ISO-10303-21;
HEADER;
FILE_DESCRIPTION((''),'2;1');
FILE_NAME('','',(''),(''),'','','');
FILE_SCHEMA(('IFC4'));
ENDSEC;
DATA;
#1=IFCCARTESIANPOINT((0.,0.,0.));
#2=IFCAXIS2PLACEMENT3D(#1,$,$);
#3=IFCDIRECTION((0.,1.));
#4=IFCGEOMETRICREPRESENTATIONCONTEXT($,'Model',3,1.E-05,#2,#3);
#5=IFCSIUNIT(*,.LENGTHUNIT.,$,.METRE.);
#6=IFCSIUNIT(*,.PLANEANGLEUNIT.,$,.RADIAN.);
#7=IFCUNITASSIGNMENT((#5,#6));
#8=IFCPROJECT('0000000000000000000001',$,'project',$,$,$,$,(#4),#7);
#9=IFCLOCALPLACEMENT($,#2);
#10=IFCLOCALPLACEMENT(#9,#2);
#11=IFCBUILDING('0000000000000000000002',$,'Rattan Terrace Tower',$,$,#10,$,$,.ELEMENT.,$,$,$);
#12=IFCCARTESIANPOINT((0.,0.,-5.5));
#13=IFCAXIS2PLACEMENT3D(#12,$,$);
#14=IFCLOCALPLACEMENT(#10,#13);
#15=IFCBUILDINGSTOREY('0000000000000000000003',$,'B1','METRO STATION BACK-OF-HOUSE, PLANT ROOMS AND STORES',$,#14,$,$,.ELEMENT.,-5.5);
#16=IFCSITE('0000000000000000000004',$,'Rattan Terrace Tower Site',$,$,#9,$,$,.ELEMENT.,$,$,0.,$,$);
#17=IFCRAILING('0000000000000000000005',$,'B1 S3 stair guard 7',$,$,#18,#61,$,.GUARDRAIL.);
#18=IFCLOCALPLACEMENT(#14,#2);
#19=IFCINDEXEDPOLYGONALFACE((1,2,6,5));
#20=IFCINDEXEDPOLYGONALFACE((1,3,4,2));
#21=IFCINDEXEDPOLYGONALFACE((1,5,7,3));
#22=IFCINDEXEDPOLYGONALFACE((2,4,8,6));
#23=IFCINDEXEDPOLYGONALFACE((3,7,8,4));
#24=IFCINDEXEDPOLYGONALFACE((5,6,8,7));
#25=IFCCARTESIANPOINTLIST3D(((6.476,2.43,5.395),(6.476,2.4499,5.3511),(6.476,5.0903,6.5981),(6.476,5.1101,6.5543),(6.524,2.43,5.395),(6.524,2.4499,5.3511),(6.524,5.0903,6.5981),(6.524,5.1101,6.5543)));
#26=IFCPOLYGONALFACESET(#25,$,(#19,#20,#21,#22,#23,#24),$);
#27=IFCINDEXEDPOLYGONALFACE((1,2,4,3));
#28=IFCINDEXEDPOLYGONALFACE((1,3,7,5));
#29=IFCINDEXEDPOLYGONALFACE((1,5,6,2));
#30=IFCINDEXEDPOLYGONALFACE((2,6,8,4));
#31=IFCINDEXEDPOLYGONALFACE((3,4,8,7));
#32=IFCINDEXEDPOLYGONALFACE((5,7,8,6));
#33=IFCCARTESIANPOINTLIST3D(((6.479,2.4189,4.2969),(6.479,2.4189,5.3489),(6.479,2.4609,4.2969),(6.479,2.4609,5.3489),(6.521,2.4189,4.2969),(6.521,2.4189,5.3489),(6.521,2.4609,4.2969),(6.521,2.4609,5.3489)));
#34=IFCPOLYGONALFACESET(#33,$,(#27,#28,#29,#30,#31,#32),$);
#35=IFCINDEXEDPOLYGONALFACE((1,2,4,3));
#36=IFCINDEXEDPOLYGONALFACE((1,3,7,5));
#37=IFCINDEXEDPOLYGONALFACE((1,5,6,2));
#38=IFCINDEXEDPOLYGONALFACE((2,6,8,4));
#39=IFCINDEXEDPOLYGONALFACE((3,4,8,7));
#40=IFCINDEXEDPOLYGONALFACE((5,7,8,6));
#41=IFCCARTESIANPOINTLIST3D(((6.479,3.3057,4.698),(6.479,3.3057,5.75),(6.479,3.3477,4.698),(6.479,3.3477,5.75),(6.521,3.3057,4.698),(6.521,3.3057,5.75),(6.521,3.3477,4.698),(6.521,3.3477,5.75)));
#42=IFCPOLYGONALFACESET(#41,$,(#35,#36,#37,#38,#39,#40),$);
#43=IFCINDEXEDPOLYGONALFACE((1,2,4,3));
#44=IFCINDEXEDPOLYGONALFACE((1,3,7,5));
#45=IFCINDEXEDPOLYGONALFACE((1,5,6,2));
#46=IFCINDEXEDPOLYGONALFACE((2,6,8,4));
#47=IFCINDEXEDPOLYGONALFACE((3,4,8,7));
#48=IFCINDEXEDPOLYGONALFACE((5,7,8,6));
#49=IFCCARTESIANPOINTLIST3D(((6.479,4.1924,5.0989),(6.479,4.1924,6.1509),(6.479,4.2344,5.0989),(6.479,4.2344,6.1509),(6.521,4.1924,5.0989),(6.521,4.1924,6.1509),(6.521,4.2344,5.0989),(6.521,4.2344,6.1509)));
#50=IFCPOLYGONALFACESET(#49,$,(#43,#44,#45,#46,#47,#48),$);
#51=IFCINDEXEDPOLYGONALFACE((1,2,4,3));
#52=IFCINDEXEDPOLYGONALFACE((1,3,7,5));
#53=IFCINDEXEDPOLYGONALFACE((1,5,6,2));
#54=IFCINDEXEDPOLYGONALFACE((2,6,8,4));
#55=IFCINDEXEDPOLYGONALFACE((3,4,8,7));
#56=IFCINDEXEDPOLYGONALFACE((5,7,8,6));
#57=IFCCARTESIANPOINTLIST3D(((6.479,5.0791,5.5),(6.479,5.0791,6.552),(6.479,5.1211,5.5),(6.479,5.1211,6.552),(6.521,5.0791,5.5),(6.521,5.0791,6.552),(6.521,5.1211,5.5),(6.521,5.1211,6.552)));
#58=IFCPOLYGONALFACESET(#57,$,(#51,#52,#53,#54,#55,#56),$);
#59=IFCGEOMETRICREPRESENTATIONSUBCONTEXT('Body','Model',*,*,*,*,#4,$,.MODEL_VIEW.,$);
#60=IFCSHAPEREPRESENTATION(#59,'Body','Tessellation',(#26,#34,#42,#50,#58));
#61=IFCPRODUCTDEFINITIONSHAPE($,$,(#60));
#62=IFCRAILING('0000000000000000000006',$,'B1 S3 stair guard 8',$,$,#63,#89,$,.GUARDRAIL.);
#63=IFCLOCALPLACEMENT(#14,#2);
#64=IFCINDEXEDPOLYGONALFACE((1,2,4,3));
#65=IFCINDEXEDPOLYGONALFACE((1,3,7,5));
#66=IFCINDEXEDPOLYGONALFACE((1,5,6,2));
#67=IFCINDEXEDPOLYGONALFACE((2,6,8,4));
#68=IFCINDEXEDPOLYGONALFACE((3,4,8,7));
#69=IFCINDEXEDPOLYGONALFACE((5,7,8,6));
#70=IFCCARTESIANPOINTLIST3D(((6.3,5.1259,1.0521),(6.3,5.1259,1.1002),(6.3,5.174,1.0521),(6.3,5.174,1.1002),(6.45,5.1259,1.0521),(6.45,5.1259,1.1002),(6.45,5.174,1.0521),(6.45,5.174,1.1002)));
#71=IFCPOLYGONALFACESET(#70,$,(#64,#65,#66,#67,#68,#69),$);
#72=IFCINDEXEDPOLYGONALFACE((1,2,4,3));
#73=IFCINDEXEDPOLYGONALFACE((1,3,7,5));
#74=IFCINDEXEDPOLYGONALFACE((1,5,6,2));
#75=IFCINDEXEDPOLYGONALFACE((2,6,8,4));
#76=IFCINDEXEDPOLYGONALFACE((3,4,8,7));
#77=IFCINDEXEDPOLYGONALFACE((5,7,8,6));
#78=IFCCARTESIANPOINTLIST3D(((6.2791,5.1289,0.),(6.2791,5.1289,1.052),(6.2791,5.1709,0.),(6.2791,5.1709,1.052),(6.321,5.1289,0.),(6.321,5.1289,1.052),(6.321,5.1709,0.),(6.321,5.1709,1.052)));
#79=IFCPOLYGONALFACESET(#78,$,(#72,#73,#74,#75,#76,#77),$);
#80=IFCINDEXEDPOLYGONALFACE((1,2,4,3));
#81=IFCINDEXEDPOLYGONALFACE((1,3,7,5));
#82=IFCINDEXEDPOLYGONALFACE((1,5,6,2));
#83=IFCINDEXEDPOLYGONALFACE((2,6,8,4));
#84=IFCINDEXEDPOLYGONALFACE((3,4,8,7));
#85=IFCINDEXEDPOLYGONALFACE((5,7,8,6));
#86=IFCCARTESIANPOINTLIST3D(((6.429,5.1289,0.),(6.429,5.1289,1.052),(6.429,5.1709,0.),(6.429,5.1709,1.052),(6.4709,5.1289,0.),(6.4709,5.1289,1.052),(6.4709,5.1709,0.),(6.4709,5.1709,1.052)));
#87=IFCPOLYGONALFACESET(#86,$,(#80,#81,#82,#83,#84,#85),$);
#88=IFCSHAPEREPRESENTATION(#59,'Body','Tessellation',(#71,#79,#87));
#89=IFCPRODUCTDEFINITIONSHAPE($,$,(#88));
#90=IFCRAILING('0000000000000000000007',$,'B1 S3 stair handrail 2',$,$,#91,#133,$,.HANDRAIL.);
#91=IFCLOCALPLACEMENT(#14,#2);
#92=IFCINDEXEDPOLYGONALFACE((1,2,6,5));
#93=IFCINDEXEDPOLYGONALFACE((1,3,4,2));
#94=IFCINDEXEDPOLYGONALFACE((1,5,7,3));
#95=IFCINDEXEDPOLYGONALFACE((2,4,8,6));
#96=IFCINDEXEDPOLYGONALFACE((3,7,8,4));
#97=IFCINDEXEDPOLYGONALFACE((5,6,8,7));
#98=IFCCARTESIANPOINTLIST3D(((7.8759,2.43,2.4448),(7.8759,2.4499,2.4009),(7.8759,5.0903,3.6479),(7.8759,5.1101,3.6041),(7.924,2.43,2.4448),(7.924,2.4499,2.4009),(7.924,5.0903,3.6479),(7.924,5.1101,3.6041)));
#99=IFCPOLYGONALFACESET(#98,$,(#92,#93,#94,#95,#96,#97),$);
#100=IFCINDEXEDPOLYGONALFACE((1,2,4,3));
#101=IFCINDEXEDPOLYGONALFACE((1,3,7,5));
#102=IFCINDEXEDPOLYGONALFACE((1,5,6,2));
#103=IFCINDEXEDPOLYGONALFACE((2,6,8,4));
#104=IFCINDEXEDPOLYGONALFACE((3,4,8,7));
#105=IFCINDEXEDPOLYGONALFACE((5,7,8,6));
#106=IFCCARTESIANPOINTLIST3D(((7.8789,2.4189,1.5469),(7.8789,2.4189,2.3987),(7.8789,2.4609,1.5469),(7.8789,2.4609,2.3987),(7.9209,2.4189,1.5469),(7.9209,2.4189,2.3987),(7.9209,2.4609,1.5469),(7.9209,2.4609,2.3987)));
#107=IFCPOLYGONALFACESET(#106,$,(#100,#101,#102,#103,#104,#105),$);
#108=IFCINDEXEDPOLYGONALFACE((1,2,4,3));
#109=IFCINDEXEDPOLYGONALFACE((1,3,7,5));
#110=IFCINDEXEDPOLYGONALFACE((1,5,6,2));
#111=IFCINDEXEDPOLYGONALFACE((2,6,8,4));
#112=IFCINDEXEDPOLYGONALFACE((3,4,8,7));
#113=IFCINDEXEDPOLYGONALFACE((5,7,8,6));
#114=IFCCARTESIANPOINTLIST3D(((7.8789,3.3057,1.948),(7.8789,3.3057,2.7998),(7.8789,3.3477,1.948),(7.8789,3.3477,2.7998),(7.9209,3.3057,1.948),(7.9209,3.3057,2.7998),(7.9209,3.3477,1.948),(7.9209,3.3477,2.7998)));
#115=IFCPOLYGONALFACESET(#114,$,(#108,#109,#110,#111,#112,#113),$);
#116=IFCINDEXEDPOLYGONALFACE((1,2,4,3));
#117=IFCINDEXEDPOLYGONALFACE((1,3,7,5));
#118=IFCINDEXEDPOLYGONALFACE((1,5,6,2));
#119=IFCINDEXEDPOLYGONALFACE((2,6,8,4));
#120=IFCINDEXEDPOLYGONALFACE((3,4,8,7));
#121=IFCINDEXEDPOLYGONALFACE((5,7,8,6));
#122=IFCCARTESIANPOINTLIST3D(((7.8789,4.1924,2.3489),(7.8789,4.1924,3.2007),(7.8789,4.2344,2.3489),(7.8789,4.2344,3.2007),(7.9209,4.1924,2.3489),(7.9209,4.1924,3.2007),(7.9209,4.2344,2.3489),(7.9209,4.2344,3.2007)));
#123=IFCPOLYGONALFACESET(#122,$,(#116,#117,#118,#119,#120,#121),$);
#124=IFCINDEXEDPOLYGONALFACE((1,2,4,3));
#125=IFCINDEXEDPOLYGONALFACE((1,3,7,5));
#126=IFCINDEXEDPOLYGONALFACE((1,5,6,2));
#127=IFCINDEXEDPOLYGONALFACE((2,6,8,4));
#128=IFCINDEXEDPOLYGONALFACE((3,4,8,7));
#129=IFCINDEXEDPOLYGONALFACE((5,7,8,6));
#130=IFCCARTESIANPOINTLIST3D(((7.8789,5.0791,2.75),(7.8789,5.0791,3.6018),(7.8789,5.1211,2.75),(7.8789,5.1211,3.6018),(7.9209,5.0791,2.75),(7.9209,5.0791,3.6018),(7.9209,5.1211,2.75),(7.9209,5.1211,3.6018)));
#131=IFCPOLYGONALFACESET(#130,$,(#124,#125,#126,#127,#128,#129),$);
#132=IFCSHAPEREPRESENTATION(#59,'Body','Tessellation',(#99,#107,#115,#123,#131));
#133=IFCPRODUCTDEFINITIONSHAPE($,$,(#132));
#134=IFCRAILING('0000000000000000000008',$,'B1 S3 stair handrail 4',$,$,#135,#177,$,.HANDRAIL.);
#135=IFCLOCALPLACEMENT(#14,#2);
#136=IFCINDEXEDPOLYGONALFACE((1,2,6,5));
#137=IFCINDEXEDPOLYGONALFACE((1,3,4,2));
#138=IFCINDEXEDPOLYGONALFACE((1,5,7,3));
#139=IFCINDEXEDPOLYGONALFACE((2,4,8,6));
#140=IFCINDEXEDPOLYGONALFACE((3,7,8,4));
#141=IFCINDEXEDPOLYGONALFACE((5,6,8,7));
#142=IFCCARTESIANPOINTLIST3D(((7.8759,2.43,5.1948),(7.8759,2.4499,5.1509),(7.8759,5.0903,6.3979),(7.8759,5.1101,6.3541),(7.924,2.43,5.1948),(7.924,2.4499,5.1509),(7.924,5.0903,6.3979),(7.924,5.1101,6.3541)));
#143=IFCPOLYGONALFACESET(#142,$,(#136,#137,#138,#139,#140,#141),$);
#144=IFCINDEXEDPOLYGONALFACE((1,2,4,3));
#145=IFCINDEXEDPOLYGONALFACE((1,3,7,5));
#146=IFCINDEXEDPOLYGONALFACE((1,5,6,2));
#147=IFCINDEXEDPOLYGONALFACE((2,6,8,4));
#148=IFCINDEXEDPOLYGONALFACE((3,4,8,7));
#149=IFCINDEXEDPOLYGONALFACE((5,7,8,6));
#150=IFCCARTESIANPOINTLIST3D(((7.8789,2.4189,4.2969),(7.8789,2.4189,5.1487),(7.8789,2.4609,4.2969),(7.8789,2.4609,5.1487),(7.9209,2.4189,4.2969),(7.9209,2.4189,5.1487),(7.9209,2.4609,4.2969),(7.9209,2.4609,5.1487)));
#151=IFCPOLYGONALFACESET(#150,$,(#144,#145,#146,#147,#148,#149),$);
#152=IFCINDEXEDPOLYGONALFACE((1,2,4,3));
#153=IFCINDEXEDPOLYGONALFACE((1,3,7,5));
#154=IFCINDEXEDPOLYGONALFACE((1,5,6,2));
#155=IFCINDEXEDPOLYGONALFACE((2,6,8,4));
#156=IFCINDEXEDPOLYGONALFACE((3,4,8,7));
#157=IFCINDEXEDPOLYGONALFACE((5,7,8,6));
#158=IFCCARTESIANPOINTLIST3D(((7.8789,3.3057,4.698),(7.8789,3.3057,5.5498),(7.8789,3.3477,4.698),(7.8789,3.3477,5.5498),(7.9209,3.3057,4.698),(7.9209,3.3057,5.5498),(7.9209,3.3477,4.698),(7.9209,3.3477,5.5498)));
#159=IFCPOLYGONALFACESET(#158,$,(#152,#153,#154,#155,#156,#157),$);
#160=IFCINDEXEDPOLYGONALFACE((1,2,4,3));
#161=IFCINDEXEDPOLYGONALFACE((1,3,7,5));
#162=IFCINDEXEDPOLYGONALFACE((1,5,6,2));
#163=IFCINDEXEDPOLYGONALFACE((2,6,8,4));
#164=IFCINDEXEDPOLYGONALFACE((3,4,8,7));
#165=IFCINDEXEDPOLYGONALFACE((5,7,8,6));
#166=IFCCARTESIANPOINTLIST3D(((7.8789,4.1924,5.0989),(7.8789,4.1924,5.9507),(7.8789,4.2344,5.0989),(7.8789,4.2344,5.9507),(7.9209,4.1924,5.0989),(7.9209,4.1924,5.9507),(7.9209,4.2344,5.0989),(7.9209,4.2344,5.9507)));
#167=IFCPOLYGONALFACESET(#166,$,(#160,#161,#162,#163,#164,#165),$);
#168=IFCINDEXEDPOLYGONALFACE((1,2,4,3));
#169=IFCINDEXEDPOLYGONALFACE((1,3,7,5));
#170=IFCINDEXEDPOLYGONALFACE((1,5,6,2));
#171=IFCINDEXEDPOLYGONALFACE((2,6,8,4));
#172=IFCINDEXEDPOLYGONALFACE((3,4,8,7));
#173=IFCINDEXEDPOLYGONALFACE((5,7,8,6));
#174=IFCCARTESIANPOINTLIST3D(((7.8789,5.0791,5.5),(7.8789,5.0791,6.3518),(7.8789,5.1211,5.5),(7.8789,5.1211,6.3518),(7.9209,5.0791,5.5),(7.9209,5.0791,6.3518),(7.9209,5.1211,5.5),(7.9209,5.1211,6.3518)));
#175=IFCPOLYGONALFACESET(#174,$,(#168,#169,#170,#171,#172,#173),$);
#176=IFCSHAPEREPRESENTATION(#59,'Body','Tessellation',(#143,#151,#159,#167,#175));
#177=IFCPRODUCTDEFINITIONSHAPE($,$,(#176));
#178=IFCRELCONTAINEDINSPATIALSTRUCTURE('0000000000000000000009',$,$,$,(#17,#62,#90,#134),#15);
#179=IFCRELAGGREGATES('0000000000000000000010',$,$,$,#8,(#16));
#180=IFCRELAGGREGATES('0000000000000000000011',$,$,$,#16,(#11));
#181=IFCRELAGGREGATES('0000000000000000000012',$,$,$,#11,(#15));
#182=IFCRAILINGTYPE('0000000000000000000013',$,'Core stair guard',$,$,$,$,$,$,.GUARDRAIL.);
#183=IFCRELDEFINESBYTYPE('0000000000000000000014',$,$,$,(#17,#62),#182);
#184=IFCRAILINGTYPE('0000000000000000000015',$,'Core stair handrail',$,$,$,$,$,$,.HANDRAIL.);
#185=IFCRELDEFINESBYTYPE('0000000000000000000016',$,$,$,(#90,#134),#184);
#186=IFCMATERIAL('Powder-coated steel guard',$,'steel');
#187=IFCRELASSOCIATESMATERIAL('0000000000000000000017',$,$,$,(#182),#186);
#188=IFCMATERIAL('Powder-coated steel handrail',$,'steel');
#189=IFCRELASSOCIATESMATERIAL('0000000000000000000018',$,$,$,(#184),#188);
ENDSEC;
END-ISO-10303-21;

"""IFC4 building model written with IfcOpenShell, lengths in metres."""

from ifc_helpers import new_model, si_unit, direction, frame, origin, origin_2d, place, context, subcontext, project, spatial, rectangle, extrude, material, type_object, element, save


model = new_model("IFC4")

# Units and contexts
model_context = context("Model", 3, precision=1e-05, world=origin(), true_north=direction((0.0, 1.0)))
body_context = subcontext(model_context, "Body", "Model", "MODEL_VIEW")
ifc_project = project(units=[si_unit("LENGTHUNIT", "METRE"), si_unit("PLANEANGLEUNIT", "RADIAN")], contexts=[model_context])

# Site, building, storey
site_placement = place(None, origin())
site = spatial("IfcSite", under=ifc_project, at=site_placement, Name="Rattan Terrace Tower Site", CompositionType="ELEMENT", RefElevation=0.0)
building_placement = place(site_placement, origin())
building = spatial("IfcBuilding", under=site, at=building_placement, Name="Rattan Terrace Tower", CompositionType="ELEMENT")
storey_placement = place(building_placement, frame((0.0, 0.0, -5.5)))
storey = spatial("IfcBuildingStorey", under=building, at=storey_placement, Name="B1", Description="METRO STATION BACK-OF-HOUSE, PLANT ROOMS AND STORES", CompositionType="ELEMENT", Elevation=-5.5)

# Railings
ifc_material_1 = material(Name="Powder-coated steel guard", Category="steel")
railing_type_1 = type_object("IfcRailingType", Name="Core stair guard", PredefinedType="GUARDRAIL", material=ifc_material_1)
railing_1_placement = place(storey_placement, frame((6.5, 2.4399, 4.2969)))
element("IfcRailing", 1, at=railing_1_placement, inside=storey, type_object=railing_type_1, Name="B1 S3 stair guard 7", PredefinedType="GUARDRAIL", context=body_context, shape_type="SweptSolid", body=[
    extrude(rectangle(XDim=0.0481, YDim=0.0481, at=origin_2d()), frame((0.0, 0.0, 1.0762), z_axis=(0.0, 0.911144, 0.412089), x_axis=(-1.0, 0.0, 0.0)), (0.0, 0.0, 1.0), 2.9197),
    extrude(rectangle(XDim=0.042, YDim=0.042, at=origin_2d()), origin(), (0.0, 0.0, 1.0), 1.052),
    extrude(rectangle(XDim=0.042, YDim=0.042, at=origin_2d()), frame((0.0, 0.8867, 0.4011)), (0.0, 0.0, 1.0), 1.052),
    extrude(rectangle(XDim=0.042, YDim=0.042, at=origin_2d()), frame((0.0, 1.7734, 0.802)), (0.0, 0.0, 1.0), 1.052),
    extrude(rectangle(XDim=0.042, YDim=0.042, at=origin_2d()), frame((0.0, 2.6602, 1.2031)), (0.0, 0.0, 1.0), 1.052),
])
railing_2_placement = place(storey_placement, frame((6.3, 5.1499, 0.0)))
element("IfcRailing", 2, at=railing_2_placement, inside=storey, type_object=railing_type_1, Name="B1 S3 stair guard 8", PredefinedType="GUARDRAIL", context=body_context, shape_type="SweptSolid", body=[
    extrude(rectangle(XDim=0.0481, YDim=0.0481, at=origin_2d()), frame((0.0, 0.0, 1.0762), z_axis=(1.0, 0.0, 0.0), x_axis=(0.0, 1.0, 0.0)), (0.0, 0.0, 1.0), 0.1499),
    extrude(rectangle(XDim=0.042, YDim=0.042, at=origin_2d()), origin(), (0.0, 0.0, 1.0), 1.052),
    extrude(rectangle(XDim=0.042, YDim=0.042, at=origin_2d()), frame((0.1499, 0.0, 0.0)), (0.0, 0.0, 1.0), 1.052),
])
ifc_material_2 = material(Name="Powder-coated steel handrail", Category="steel")
railing_type_2 = type_object("IfcRailingType", Name="Core stair handrail", PredefinedType="HANDRAIL", material=ifc_material_2)
for number, where, name in (
    (3, (7.8999, 2.4399, 1.5469), "B1 S3 stair handrail 2"),
    (4, (7.8999, 2.4399, 4.2969), "B1 S3 stair handrail 4"),
):
    element("IfcRailing", number, at=place(storey_placement, frame(where)), inside=storey, type_object=railing_type_2, Name=name, PredefinedType="HANDRAIL", context=body_context, shape_type="SweptSolid", body=[
        extrude(rectangle(XDim=0.0481, YDim=0.0481, at=origin_2d()), frame((0.0, 0.0, 0.876), z_axis=(0.0, 0.911144, 0.412089), x_axis=(-1.0, 0.0, 0.0)), (0.0, 0.0, 1.0), 2.9197),
        extrude(rectangle(XDim=0.042, YDim=0.042, at=origin_2d()), origin(), (0.0, 0.0, 1.0), 0.8518),
        extrude(rectangle(XDim=0.042, YDim=0.042, at=origin_2d()), frame((0.0, 0.8867, 0.4011)), (0.0, 0.0, 1.0), 0.8518),
        extrude(rectangle(XDim=0.042, YDim=0.042, at=origin_2d()), frame((0.0, 1.7734, 0.802)), (0.0, 0.0, 1.0), 0.8518),
        extrude(rectangle(XDim=0.042, YDim=0.042, at=origin_2d()), frame((0.0, 2.6602, 1.2031)), (0.0, 0.0, 1.0), 0.8518),
    ])

save(model, "model.ifc")
